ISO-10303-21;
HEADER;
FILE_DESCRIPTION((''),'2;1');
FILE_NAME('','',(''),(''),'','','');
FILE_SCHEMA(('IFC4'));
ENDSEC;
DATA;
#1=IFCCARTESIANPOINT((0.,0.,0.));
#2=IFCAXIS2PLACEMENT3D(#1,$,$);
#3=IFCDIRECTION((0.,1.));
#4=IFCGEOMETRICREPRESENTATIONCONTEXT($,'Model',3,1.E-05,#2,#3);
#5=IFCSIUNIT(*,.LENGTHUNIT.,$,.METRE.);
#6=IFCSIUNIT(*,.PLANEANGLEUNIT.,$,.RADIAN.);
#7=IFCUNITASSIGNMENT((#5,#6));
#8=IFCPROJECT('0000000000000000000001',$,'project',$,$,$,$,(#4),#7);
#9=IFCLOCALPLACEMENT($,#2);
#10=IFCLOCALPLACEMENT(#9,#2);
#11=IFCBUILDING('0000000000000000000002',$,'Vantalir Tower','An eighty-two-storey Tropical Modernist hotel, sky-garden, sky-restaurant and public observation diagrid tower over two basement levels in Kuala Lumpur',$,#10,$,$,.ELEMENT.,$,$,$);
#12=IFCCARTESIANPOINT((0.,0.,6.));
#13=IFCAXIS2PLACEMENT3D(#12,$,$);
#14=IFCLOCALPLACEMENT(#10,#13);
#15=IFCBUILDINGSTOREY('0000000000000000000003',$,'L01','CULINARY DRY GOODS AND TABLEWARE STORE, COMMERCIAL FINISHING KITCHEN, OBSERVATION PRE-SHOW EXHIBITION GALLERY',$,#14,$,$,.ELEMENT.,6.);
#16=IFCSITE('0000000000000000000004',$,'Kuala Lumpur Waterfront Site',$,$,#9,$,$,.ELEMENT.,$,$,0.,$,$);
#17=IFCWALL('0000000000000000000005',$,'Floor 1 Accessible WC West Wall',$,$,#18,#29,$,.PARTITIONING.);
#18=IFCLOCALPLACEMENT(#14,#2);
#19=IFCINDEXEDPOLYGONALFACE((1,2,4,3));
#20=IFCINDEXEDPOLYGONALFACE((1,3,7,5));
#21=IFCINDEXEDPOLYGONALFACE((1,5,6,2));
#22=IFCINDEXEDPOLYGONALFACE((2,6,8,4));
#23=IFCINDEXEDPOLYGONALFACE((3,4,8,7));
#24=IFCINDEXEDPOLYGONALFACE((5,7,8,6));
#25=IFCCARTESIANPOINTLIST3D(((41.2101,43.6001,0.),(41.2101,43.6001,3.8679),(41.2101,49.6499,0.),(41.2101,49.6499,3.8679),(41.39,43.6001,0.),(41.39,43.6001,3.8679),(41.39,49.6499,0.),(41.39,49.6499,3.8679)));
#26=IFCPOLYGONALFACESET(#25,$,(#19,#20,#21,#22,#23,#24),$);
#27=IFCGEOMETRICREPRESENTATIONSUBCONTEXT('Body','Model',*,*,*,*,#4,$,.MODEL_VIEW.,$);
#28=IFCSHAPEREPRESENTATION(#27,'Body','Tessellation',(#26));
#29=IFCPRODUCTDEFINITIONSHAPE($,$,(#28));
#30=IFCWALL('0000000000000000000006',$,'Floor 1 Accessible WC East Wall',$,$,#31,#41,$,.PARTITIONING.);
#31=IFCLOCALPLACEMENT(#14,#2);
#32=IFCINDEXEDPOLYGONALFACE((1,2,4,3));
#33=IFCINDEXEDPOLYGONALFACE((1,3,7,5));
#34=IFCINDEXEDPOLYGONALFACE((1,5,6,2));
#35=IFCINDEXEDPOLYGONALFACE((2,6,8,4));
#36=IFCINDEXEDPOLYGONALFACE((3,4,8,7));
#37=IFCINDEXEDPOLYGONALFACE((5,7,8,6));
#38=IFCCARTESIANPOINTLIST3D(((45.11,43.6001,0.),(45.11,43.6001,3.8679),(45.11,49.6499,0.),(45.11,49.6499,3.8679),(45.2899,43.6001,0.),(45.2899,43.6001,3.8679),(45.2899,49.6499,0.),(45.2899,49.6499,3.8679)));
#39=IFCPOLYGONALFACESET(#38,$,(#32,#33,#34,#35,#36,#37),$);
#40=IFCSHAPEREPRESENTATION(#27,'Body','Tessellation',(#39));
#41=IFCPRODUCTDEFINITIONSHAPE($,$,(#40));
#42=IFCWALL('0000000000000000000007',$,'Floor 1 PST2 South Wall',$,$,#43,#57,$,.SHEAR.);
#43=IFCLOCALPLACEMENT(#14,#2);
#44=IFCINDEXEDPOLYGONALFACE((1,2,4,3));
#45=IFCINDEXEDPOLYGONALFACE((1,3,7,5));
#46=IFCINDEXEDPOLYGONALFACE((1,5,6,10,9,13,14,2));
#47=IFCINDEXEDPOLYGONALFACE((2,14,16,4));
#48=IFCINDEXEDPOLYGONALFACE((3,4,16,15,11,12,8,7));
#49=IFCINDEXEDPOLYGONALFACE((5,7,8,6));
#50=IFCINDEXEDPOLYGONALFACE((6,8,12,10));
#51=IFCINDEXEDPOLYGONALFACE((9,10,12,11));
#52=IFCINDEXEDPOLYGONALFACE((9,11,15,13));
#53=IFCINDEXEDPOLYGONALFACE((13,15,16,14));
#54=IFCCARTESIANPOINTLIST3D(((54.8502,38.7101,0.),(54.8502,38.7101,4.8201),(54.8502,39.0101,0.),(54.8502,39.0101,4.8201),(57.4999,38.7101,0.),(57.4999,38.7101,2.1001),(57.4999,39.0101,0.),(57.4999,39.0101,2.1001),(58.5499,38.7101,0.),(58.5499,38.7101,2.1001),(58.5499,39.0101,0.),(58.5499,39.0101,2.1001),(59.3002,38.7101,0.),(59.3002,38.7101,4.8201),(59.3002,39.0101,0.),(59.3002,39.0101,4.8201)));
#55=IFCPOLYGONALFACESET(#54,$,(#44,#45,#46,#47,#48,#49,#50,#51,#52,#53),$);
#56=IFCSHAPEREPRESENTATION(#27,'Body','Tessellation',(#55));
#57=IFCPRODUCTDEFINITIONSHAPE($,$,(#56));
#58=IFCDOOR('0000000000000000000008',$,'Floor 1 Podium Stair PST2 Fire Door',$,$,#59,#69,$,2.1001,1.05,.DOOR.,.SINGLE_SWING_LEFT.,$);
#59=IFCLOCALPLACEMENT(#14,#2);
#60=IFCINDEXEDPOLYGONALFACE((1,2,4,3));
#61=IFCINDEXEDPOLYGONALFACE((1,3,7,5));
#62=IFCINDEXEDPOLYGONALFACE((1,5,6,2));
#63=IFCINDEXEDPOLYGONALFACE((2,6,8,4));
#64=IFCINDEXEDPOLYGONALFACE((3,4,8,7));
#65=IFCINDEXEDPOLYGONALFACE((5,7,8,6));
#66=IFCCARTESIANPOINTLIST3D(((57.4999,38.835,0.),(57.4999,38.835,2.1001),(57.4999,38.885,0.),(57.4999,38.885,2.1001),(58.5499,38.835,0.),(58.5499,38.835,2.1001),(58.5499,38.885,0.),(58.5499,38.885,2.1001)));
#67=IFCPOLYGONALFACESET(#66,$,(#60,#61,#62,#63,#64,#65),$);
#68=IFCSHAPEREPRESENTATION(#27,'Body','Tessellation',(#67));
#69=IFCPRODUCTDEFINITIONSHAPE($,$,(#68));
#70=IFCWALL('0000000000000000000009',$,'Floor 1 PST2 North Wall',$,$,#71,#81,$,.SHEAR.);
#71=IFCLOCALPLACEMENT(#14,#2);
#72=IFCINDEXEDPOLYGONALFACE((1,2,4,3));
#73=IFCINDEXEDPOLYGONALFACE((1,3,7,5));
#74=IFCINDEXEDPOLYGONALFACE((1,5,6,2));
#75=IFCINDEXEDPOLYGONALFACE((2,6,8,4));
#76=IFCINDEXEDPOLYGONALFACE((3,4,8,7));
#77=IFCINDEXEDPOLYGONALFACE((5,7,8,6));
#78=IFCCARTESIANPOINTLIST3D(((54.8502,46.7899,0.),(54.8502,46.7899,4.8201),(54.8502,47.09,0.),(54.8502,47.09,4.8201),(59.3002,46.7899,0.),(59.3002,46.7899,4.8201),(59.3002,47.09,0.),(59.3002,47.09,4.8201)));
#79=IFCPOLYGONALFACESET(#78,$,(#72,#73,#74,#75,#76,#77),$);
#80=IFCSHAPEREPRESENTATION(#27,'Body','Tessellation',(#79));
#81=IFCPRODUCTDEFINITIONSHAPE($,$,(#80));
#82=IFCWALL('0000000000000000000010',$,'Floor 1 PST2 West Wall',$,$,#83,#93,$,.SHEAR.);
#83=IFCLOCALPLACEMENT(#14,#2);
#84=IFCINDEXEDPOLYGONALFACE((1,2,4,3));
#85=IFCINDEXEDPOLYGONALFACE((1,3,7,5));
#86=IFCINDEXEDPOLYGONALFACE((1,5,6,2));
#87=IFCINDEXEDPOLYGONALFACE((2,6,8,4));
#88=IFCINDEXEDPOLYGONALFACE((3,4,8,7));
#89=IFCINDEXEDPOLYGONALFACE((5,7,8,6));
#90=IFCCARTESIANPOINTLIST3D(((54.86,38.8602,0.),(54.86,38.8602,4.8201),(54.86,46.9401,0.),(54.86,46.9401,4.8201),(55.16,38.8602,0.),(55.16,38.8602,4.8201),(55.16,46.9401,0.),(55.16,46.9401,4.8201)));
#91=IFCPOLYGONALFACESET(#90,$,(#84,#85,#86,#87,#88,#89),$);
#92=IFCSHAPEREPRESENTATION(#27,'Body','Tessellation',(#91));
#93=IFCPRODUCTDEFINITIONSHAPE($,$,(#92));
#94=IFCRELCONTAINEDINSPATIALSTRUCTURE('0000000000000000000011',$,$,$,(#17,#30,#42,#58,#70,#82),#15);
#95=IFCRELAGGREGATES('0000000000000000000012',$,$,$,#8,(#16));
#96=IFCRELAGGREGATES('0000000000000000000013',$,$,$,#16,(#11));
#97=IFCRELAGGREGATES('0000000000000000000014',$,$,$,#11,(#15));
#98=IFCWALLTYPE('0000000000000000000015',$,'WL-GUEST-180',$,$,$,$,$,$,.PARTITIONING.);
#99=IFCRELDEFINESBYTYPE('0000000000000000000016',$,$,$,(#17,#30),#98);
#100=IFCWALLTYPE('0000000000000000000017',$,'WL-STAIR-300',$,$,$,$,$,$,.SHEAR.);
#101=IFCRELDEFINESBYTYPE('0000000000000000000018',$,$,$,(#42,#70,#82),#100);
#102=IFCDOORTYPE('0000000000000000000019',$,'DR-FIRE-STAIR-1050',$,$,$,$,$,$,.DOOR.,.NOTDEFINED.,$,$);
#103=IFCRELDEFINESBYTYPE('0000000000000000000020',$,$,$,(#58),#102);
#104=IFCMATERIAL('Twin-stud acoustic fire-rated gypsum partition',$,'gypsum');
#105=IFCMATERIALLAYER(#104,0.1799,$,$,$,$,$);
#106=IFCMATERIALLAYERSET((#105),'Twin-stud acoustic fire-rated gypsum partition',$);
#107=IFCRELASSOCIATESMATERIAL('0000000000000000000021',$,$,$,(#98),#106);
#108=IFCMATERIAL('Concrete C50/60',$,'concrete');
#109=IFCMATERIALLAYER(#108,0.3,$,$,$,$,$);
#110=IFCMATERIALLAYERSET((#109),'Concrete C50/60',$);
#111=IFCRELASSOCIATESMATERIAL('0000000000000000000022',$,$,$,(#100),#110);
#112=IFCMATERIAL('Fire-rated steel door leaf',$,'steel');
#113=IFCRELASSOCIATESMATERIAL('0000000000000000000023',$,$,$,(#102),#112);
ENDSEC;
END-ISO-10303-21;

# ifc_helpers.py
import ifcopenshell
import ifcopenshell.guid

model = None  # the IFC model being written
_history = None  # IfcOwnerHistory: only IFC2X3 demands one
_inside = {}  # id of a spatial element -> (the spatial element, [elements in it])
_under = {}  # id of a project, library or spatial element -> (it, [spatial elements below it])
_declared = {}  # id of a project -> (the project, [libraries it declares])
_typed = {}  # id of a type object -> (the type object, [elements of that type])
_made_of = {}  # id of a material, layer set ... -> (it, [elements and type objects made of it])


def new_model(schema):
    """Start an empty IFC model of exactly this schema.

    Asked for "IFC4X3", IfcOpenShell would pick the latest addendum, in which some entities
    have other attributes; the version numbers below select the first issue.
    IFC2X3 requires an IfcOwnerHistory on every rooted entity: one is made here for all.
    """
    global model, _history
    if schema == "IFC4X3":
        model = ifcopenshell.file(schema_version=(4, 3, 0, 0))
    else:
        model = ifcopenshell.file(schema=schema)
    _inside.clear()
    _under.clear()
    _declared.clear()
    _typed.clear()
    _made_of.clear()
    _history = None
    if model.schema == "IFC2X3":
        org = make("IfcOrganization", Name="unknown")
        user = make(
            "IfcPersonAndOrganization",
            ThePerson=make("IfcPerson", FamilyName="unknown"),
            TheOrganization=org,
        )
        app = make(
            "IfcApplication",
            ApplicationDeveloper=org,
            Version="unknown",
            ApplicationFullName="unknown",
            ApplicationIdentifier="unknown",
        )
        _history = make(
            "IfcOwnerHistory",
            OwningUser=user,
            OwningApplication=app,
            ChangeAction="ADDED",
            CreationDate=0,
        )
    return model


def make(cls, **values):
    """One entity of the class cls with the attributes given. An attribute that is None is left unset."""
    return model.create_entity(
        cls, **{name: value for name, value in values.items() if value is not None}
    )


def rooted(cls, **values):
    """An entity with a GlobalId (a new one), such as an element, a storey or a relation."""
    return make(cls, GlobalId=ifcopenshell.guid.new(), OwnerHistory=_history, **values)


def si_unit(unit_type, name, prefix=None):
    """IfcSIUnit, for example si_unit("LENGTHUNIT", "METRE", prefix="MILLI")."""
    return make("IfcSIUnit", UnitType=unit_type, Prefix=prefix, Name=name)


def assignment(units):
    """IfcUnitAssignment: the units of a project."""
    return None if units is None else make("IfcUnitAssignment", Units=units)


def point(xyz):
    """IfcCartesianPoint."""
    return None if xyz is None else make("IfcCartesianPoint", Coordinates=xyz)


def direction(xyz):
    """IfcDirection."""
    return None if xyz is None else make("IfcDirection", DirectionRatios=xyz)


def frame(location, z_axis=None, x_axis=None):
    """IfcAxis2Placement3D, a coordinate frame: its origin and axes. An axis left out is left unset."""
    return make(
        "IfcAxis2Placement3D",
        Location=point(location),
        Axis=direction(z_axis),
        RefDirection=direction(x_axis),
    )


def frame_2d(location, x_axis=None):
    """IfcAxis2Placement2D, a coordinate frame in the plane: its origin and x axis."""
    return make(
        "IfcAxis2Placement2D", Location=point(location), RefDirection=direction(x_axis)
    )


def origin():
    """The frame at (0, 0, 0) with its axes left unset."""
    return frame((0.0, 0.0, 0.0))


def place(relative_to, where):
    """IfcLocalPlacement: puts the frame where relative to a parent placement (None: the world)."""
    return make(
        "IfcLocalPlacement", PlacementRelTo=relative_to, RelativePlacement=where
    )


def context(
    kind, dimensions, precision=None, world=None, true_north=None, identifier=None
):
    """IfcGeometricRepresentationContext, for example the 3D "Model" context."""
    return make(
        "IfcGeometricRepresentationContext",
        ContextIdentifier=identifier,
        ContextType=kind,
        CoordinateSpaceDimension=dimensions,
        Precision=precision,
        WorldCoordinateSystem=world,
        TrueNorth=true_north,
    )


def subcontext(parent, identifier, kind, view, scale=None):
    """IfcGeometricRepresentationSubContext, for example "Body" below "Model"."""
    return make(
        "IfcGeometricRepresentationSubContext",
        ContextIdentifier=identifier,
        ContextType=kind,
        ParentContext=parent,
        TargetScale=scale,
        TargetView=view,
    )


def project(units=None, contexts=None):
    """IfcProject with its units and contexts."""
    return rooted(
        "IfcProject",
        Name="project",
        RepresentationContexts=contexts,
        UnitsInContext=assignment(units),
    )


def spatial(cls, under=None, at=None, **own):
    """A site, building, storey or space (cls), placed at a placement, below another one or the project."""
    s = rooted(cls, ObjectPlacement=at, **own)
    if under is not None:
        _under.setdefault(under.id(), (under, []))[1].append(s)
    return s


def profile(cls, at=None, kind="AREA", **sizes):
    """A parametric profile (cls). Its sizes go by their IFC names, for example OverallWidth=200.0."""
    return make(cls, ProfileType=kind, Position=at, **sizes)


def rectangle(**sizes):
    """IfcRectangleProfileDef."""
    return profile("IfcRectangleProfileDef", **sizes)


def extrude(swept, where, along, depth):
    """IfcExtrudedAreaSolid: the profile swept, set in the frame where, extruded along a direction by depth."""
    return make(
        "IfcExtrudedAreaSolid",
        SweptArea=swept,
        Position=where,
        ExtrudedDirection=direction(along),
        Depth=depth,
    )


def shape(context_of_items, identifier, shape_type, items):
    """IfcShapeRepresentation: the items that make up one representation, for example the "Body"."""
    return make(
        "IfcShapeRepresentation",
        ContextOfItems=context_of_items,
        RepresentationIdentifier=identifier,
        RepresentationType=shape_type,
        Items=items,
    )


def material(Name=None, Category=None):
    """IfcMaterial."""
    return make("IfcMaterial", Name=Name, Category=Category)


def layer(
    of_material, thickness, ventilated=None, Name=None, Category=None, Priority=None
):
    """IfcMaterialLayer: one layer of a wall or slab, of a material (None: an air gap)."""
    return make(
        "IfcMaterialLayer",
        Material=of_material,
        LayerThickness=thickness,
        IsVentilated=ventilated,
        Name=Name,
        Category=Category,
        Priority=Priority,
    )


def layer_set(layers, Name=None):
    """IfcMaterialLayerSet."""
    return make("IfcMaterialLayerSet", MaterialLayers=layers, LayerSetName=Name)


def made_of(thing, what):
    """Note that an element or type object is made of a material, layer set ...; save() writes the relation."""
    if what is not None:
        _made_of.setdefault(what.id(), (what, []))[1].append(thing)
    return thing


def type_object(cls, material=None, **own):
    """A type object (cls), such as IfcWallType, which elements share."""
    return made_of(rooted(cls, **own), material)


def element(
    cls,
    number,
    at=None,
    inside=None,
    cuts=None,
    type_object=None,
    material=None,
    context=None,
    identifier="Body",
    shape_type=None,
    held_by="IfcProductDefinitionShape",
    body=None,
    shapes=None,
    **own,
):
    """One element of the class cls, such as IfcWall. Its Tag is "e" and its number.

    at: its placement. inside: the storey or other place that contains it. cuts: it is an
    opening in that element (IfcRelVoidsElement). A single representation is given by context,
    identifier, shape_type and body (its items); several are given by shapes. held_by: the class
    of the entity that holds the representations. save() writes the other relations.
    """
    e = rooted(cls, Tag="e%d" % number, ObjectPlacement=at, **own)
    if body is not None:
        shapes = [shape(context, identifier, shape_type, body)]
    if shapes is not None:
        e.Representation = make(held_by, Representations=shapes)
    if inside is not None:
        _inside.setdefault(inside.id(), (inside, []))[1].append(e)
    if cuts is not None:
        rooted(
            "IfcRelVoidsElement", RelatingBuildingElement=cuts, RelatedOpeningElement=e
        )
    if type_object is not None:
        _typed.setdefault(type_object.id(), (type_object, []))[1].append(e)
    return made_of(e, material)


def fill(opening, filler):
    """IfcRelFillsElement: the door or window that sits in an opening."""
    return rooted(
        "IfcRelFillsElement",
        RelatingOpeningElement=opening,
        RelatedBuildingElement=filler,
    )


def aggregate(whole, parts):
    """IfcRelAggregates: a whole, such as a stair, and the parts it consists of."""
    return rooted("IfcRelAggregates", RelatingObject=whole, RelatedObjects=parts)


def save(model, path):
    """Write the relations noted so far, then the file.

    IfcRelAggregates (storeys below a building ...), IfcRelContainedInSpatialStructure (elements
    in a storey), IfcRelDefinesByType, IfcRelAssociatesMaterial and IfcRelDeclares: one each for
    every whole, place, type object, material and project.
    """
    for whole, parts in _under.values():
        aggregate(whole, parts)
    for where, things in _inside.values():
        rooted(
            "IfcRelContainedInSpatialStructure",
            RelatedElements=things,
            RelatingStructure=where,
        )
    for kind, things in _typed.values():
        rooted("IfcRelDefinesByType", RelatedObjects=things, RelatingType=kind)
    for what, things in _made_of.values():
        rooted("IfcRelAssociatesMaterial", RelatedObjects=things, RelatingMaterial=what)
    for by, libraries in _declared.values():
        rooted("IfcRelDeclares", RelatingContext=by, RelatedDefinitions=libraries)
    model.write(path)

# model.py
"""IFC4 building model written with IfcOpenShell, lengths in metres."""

from ifc_helpers import new_model, si_unit, direction, frame, frame_2d, origin, place, context, subcontext, project, spatial, rectangle, extrude, material, layer, layer_set, type_object, element, fill, save


model = new_model("IFC4")

# Units and contexts
model_context = context("Model", 3, precision=1e-05, world=origin(), true_north=direction((0.0, 1.0)))
body_context = subcontext(model_context, "Body", "Model", "MODEL_VIEW")
ifc_project = project(units=[si_unit("LENGTHUNIT", "METRE"), si_unit("PLANEANGLEUNIT", "RADIAN")], contexts=[model_context])

# Site, building, storey
site_placement = place(None, origin())
site = spatial("IfcSite", under=ifc_project, at=site_placement, Name="Kuala Lumpur Waterfront Site", CompositionType="ELEMENT", RefElevation=0.0)
building_placement = place(site_placement, origin())
building = spatial("IfcBuilding", under=site, at=building_placement, Name="Vantalir Tower", Description="An eighty-two-storey Tropical Modernist hotel, sky-garden, sky-restaurant and public observation diagrid tower over two basement levels in Kuala Lumpur", CompositionType="ELEMENT")
storey_placement = place(building_placement, frame((0.0, 0.0, 6.0)))
storey = spatial("IfcBuildingStorey", under=building, at=storey_placement, Name="L01", Description="CULINARY DRY GOODS AND TABLEWARE STORE, COMMERCIAL FINISHING KITCHEN, OBSERVATION PRE-SHOW EXHIBITION GALLERY", CompositionType="ELEMENT", Elevation=6.0)

# Shared definitions
ifc_material_1 = material(Name="Twin-stud acoustic fire-rated gypsum partition", Category="gypsum")
ifc_layer_1 = layer(ifc_material_1, 0.1799)
ifc_layer_set_1 = layer_set([ifc_layer_1], Name="Twin-stud acoustic fire-rated gypsum partition")
wall_type_1 = type_object("IfcWallType", Name="WL-GUEST-180", PredefinedType="PARTITIONING", material=ifc_layer_set_1)

# Walls
for number, where, z_axis, x_axis, name in (
    (1, (41.3, 43.6001, 0.0), (0.0, 0.0, 1.0), (0.0, 1.0, 0.0), "Floor 1 Accessible WC West Wall"),
    (2, (45.2, 43.6001, 0.0), (0.0, 0.0, 1.0), (0.0, 1.0, 0.0), "Floor 1 Accessible WC East Wall"),
):
    element("IfcWall", number, at=place(storey_placement, frame(where, z_axis=z_axis, x_axis=x_axis)), inside=storey, type_object=wall_type_1, Name=name, PredefinedType="PARTITIONING", context=body_context, shape_type="SweptSolid", body=[
        extrude(rectangle(XDim=6.0498, YDim=0.1799, at=frame_2d((3.0249, 0.0))), origin(), (0.0, 0.0, 1.0), 3.8679),
    ])

# Wall, opening, door
ifc_material_2 = material(Name="Concrete C50/60", Category="concrete")
ifc_layer_2 = layer(ifc_material_2, 0.3)
ifc_layer_set_2 = layer_set([ifc_layer_2], Name="Concrete C50/60")
wall_type_2 = type_object("IfcWallType", Name="WL-STAIR-300", PredefinedType="SHEAR", material=ifc_layer_set_2)
wall_1_placement = place(storey_placement, frame((54.8501, 38.8601, 0.0), z_axis=(0.0, 0.0, 1.0), x_axis=(1.0, 0.0, 0.0)))
wall_1 = element("IfcWall", 3, at=wall_1_placement, inside=storey, type_object=wall_type_2, Name="Floor 1 PST2 South Wall", PredefinedType="SHEAR", context=body_context, shape_type="SweptSolid", body=[
    extrude(rectangle(XDim=4.45, YDim=0.3, at=frame_2d((2.2251, 0.0))), origin(), (0.0, 0.0, 1.0), 4.8201),
])
opening_1_placement = place(wall_1_placement, frame((2.6499, 0.0, 0.0)))
opening_1 = element("IfcOpeningElement", 4, at=opening_1_placement, cuts=wall_1, PredefinedType="OPENING", context=body_context, shape_type="SweptSolid", body=[
    extrude(rectangle(XDim=1.05, YDim=2.1001, at=frame_2d((0.5249, 1.05))), frame((0.0, 0.1599, 0.0), z_axis=(0.0, -1.0, 0.0), x_axis=(1.0, 0.0, 0.0)), (0.0, 0.0, 1.0), 0.3201),
])
ifc_material_3 = material(Name="Fire-rated steel door leaf", Category="steel")
door_type_1 = type_object("IfcDoorType", Name="DR-FIRE-STAIR-1050", OperationType="NOTDEFINED", PredefinedType="DOOR", material=ifc_material_3)
door_1_placement = place(opening_1_placement, origin())
door_1 = element("IfcDoor", 5, at=door_1_placement, inside=storey, type_object=door_type_1, Name="Floor 1 Podium Stair PST2 Fire Door", OperationType="SINGLE_SWING_LEFT", OverallHeight=2.1001, OverallWidth=1.05, PredefinedType="DOOR", context=body_context, shape_type="SweptSolid", body=[
    extrude(rectangle(XDim=1.05, YDim=2.1001, at=frame_2d((0.5249, 1.05))), frame((0.0, 0.0249, 0.0), z_axis=(0.0, -1.0, 0.0), x_axis=(1.0, 0.0, 0.0)), (0.0, 0.0, 1.0), 0.05),
])
fill(opening_1, door_1)

# Walls
wall_2_placement = place(storey_placement, frame((54.8501, 46.9399, 0.0), z_axis=(0.0, 0.0, 1.0), x_axis=(1.0, 0.0, 0.0)))
element("IfcWall", 6, at=wall_2_placement, inside=storey, type_object=wall_type_2, Name="Floor 1 PST2 North Wall", PredefinedType="SHEAR", context=body_context, shape_type="SweptSolid", body=[
    extrude(rectangle(XDim=4.45, YDim=0.3, at=frame_2d((2.2251, 0.0))), origin(), (0.0, 0.0, 1.0), 4.8201),
])
wall_3_placement = place(storey_placement, frame((55.01, 38.8601, 0.0), z_axis=(0.0, 0.0, 1.0), x_axis=(0.0, 1.0, 0.0)))
element("IfcWall", 7, at=wall_3_placement, inside=storey, type_object=wall_type_2, Name="Floor 1 PST2 West Wall", PredefinedType="SHEAR", context=body_context, shape_type="SweptSolid", body=[
    extrude(rectangle(XDim=8.0798, YDim=0.3, at=frame_2d((4.04, 0.0))), origin(), (0.0, 0.0, 1.0), 4.8201),
])

save(model, "model.ifc")
